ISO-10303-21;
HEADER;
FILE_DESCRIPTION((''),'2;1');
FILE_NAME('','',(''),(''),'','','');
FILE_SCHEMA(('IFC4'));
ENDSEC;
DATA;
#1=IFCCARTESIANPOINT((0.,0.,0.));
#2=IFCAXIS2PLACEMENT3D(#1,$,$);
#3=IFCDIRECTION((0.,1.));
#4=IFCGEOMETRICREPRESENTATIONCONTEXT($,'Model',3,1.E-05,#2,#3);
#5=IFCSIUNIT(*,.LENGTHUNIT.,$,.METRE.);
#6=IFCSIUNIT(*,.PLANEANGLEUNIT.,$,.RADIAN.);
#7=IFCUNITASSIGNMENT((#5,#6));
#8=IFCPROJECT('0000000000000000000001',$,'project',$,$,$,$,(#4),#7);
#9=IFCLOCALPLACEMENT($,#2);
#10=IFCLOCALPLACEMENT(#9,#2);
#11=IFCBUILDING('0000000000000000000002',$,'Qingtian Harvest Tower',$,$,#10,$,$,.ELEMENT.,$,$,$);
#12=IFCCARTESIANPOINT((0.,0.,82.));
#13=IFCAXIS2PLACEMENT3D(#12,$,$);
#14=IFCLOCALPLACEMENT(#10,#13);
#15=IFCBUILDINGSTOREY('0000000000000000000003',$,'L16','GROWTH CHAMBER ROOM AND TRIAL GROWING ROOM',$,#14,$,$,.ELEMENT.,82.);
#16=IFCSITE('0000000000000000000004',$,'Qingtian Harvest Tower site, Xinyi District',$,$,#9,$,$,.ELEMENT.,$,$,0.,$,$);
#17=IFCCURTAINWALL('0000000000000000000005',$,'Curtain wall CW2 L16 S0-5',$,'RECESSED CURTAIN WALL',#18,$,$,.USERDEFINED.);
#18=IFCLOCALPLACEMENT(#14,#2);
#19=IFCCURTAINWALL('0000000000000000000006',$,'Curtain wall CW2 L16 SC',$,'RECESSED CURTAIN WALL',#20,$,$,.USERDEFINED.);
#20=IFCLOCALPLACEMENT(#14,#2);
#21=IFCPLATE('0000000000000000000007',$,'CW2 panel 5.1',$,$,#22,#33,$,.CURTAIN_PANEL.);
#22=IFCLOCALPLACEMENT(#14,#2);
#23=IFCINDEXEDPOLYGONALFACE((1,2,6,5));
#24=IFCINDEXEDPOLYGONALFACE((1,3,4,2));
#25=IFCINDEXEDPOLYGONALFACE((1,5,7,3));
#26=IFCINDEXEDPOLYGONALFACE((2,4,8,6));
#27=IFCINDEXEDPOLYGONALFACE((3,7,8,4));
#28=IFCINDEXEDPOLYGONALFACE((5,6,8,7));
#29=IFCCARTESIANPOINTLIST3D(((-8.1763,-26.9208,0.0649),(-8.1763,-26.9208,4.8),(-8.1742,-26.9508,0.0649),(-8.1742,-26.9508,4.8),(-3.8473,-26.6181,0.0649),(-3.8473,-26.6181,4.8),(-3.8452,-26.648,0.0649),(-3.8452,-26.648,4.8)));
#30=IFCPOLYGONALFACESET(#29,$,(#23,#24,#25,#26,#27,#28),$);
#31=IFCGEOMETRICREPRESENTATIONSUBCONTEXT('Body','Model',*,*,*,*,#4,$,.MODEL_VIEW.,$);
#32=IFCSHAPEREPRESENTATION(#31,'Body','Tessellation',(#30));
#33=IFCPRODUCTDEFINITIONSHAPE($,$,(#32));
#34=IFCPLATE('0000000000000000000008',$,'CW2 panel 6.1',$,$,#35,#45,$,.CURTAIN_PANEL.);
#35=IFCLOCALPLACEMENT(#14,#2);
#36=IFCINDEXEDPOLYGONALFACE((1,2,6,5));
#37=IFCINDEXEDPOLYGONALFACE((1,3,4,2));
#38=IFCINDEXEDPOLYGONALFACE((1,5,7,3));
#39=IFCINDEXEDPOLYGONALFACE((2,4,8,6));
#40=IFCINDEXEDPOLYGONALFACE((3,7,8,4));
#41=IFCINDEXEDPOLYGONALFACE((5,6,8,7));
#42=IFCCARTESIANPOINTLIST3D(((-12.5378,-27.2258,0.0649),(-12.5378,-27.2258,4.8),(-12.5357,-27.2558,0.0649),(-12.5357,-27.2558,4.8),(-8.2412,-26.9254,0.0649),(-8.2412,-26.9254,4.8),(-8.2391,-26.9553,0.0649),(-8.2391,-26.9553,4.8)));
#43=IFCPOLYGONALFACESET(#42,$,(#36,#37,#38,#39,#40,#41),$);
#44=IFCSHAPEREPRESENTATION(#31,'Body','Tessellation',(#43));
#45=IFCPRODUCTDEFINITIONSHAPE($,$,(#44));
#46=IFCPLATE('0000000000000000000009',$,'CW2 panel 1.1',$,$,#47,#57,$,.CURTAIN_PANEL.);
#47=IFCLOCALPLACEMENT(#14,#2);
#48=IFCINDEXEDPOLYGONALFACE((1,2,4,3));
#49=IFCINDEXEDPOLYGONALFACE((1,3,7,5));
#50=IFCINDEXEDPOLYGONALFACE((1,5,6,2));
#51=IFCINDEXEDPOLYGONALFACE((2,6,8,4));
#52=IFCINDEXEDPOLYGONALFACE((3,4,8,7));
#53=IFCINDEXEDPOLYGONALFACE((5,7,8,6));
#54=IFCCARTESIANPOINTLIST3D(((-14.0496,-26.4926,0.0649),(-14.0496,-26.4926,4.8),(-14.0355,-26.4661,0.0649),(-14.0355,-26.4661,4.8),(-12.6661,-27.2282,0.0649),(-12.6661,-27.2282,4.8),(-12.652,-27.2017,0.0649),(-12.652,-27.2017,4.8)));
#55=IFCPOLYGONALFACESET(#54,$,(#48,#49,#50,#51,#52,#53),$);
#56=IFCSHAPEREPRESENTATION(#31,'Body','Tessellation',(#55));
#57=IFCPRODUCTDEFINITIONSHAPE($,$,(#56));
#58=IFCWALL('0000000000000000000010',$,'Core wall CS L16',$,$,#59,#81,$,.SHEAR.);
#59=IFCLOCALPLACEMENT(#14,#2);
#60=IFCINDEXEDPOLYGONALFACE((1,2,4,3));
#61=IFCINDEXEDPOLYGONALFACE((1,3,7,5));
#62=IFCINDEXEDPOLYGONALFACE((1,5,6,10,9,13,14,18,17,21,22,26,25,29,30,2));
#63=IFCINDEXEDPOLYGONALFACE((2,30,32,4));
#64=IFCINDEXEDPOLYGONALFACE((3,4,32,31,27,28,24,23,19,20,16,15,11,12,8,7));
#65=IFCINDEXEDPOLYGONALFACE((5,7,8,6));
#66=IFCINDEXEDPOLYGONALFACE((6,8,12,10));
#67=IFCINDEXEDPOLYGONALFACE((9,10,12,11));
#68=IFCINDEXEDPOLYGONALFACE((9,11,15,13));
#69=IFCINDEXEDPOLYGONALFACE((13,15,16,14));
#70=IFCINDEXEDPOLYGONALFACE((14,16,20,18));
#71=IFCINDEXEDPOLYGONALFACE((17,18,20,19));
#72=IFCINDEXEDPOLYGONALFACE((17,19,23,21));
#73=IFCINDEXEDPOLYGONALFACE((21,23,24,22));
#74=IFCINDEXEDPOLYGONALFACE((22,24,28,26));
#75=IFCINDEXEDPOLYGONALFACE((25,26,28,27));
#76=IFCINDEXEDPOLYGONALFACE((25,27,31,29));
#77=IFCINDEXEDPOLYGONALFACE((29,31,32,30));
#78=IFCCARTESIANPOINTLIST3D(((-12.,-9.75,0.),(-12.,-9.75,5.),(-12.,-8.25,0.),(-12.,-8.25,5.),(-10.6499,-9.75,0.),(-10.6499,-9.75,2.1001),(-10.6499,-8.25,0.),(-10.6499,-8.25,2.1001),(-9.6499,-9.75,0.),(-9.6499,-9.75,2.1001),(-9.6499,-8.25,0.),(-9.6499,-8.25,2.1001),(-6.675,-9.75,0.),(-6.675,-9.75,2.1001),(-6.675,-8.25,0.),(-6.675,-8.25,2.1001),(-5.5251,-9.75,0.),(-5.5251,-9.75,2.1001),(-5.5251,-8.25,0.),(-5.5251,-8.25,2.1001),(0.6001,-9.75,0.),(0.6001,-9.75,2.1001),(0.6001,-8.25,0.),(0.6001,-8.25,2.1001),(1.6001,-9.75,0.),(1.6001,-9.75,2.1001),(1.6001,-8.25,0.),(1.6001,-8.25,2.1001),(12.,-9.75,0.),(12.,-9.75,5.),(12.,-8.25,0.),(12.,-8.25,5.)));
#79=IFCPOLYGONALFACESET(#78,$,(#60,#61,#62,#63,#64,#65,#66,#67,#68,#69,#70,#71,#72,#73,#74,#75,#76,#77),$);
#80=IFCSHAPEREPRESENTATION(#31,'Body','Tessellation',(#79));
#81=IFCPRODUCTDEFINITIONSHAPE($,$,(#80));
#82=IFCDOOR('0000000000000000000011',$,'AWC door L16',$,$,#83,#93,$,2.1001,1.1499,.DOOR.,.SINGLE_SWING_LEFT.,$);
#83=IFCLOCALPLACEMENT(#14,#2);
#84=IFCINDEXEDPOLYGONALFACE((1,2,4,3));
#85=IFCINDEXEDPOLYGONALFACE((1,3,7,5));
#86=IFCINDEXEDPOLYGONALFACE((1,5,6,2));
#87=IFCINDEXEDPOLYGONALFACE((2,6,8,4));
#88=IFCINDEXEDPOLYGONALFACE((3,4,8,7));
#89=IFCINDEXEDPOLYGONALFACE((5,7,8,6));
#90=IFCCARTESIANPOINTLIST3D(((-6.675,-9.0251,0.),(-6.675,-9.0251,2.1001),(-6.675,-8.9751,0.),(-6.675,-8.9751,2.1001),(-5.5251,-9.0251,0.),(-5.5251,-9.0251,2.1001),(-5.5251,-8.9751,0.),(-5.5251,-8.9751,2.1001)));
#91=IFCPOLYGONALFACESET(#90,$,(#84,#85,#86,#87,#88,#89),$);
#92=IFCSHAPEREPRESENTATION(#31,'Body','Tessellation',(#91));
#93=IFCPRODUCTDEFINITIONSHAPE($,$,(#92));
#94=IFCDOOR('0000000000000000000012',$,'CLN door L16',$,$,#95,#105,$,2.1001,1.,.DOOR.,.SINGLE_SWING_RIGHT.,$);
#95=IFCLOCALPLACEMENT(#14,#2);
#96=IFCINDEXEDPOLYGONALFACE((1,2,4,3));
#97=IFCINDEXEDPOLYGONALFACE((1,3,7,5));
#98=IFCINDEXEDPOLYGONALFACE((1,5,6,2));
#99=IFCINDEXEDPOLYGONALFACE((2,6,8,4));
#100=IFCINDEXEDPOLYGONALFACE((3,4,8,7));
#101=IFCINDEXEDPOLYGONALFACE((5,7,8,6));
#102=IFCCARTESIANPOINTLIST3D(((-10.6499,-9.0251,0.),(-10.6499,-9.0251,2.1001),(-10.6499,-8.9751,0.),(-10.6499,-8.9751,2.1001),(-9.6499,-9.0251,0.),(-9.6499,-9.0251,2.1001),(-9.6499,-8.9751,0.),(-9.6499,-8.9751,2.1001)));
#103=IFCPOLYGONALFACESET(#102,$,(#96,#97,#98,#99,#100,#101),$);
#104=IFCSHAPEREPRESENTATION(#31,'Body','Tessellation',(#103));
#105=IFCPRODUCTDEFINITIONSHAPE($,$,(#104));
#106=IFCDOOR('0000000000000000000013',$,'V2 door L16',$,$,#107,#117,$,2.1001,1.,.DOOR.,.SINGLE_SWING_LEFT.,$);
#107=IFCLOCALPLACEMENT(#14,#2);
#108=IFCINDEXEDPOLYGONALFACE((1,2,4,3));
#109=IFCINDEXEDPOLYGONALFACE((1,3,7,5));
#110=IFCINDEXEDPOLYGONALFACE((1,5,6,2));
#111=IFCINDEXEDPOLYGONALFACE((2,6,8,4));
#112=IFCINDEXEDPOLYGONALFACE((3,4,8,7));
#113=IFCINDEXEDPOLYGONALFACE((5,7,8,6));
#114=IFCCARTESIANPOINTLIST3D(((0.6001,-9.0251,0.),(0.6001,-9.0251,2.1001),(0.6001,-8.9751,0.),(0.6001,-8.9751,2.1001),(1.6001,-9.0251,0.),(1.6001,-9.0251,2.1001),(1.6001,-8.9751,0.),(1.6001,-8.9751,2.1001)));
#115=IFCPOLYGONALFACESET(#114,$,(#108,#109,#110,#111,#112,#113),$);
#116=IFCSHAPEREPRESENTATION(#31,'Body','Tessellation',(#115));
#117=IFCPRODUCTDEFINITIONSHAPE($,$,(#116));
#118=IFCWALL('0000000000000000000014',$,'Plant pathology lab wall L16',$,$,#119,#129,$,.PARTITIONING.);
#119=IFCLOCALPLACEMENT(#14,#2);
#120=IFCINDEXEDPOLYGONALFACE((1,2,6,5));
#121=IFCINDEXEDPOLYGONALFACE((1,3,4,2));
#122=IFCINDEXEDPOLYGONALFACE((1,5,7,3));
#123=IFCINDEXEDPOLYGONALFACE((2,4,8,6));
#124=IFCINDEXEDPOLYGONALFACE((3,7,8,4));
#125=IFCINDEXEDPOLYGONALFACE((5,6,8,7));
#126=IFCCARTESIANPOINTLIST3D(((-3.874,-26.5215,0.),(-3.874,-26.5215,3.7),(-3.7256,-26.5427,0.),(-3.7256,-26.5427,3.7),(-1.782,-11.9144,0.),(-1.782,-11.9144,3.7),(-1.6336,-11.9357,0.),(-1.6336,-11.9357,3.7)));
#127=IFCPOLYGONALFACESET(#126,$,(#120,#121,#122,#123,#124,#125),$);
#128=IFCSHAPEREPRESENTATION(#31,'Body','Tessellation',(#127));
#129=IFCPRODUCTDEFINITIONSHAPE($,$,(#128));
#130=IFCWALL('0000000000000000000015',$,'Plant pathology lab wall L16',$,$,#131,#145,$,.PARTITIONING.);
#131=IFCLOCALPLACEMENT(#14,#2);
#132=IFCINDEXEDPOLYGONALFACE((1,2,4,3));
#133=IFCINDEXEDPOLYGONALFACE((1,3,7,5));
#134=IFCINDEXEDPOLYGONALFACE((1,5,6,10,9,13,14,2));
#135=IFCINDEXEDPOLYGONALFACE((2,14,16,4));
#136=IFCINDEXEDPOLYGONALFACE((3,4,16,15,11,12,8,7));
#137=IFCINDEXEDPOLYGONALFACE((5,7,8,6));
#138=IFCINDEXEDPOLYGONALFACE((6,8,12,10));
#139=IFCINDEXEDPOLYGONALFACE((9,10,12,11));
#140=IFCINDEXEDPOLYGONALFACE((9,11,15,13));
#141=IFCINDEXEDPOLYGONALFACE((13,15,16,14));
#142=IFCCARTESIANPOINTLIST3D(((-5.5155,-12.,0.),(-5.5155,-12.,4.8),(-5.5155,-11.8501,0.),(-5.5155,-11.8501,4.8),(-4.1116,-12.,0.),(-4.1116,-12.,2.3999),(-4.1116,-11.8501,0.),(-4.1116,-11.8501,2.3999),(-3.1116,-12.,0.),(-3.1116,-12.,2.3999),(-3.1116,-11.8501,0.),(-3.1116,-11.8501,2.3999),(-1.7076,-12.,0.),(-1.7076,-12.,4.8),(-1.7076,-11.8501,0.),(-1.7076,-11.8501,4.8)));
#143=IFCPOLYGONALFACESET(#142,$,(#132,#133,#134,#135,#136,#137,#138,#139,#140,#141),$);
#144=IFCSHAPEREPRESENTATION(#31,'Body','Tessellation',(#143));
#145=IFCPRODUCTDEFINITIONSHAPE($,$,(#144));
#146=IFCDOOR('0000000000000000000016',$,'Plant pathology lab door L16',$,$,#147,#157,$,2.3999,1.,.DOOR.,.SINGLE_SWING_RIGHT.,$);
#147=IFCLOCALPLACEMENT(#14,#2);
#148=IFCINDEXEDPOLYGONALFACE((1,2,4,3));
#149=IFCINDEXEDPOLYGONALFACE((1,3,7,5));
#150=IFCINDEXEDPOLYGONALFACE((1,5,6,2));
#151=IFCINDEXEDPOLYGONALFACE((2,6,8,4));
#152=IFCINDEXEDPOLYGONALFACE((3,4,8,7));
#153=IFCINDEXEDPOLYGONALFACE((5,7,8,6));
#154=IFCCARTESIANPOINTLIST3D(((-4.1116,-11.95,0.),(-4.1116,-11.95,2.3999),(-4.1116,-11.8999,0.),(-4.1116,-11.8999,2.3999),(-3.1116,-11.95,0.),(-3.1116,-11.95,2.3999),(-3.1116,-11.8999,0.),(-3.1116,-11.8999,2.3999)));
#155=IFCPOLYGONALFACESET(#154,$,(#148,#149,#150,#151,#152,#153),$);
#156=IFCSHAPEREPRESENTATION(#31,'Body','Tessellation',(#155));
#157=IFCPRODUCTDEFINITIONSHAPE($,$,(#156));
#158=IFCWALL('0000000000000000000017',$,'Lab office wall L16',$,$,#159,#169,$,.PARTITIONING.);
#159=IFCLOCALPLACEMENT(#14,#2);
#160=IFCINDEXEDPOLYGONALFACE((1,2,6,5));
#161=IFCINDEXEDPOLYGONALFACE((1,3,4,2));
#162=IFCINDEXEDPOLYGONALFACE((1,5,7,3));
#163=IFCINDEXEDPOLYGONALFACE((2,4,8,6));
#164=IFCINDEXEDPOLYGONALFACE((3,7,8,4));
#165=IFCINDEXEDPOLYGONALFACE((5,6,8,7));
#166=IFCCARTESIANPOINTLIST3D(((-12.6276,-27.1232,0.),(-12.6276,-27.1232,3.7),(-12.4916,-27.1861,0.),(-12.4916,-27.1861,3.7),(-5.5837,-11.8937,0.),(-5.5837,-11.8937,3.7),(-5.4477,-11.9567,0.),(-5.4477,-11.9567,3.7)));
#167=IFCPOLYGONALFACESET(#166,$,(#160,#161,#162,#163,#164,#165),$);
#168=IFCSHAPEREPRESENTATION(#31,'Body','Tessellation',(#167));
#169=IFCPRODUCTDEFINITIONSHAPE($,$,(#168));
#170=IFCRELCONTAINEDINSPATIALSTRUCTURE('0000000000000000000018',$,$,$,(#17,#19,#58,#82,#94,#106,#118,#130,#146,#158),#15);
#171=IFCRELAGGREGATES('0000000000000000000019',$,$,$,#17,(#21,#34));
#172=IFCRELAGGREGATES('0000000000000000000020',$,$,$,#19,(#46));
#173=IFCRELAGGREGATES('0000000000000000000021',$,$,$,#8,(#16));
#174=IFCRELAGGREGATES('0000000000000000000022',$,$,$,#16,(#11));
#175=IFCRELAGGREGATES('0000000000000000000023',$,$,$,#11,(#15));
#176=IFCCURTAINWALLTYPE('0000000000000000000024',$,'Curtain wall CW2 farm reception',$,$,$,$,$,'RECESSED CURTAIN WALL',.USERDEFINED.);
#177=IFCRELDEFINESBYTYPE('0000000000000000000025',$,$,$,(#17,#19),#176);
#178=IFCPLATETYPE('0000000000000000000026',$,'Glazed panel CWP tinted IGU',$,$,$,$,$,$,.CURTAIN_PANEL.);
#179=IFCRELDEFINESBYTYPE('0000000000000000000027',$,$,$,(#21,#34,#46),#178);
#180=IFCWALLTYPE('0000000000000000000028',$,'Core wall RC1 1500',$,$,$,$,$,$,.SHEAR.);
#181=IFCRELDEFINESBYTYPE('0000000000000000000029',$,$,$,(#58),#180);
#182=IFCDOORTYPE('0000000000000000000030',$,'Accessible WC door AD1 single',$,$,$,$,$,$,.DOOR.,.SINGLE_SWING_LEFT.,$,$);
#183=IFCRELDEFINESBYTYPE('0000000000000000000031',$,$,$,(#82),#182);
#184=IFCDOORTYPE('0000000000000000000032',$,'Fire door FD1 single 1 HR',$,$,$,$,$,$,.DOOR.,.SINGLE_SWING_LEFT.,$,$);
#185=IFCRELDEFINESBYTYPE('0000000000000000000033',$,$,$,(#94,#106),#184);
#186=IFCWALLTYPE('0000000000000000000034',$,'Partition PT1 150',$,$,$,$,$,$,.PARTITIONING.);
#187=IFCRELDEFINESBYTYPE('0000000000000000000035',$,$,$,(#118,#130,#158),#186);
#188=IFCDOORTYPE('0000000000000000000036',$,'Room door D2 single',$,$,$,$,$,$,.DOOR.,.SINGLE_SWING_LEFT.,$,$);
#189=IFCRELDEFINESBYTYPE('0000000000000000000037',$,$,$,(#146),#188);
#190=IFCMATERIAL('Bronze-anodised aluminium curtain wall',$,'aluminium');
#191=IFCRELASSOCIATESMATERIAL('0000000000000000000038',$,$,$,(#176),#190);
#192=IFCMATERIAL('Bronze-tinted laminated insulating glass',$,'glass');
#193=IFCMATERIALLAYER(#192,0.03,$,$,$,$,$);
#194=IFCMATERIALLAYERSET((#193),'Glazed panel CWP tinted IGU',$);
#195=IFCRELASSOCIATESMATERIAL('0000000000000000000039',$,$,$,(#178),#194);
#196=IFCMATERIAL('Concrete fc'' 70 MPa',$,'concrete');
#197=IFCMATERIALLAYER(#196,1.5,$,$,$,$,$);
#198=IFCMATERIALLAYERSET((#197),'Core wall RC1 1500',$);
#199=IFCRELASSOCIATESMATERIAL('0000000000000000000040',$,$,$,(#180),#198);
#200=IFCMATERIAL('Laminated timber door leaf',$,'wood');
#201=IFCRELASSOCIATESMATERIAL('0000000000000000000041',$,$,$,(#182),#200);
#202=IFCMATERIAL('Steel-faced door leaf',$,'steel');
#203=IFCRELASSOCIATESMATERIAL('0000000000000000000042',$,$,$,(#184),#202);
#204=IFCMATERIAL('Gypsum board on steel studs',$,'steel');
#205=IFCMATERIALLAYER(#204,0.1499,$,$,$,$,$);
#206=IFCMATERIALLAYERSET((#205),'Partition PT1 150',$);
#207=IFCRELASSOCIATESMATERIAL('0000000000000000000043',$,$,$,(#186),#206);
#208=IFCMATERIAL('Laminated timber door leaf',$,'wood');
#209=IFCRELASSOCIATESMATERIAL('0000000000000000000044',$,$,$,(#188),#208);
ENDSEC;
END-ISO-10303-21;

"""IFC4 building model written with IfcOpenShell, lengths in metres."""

from ifc_helpers import new_model, si_unit, direction, frame, frame_2d, origin, origin_2d, place, context, subcontext, project, spatial, rectangle, extrude, material, layer, layer_set, type_object, element, fill, aggregate, save


model = new_model("IFC4")

# Units and contexts
model_context = context("Model", 3, precision=1e-05, world=origin(), true_north=direction((0.0, 1.0)))
body_context = subcontext(model_context, "Body", "Model", "MODEL_VIEW")
ifc_project = project(units=[si_unit("LENGTHUNIT", "METRE"), si_unit("PLANEANGLEUNIT", "RADIAN")], contexts=[model_context])

# Site, building, storey
site_placement = place(None, origin())
site = spatial("IfcSite", under=ifc_project, at=site_placement, Name="Qingtian Harvest Tower site, Xinyi District", CompositionType="ELEMENT", RefElevation=0.0)
building_placement = place(site_placement, origin())
building = spatial("IfcBuilding", under=site, at=building_placement, Name="Qingtian Harvest Tower", CompositionType="ELEMENT")
storey_placement = place(building_placement, frame((0.0, 0.0, 82.0)))
storey = spatial("IfcBuildingStorey", under=building, at=storey_placement, Name="L16", Description="GROWTH CHAMBER ROOM AND TRIAL GROWING ROOM", CompositionType="ELEMENT", Elevation=82.0)

# Curtain walls
ifc_material_1 = material(Name="Bronze-anodised aluminium curtain wall", Category="aluminium")
curtain_wall_type = type_object("IfcCurtainWallType", Name="Curtain wall CW2 farm reception", ElementType="RECESSED CURTAIN WALL", PredefinedType="USERDEFINED", material=ifc_material_1)
curtain_wall_1_placement = place(storey_placement, origin())
curtain_wall_1 = element("IfcCurtainWall", 1, at=curtain_wall_1_placement, inside=storey, type_object=curtain_wall_type, Name="Curtain wall CW2 L16 S0-5", ObjectType="RECESSED CURTAIN WALL", PredefinedType="USERDEFINED")
curtain_wall_2_placement = place(storey_placement, origin())
curtain_wall_2 = element("IfcCurtainWall", 2, at=curtain_wall_2_placement, inside=storey, type_object=curtain_wall_type, Name="Curtain wall CW2 L16 SC", ObjectType="RECESSED CURTAIN WALL", PredefinedType="USERDEFINED")

# Plates
ifc_material_2 = material(Name="Bronze-tinted laminated insulating glass", Category="glass")
ifc_layer_1 = layer(ifc_material_2, 0.03)
ifc_layer_set_1 = layer_set([ifc_layer_1], Name="Glazed panel CWP tinted IGU")
plate_type = type_object("IfcPlateType", Name="Glazed panel CWP tinted IGU", PredefinedType="CURTAIN_PANEL", material=ifc_layer_set_1)
plate_1_placement = place(storey_placement, frame((-6.0107, -26.7844, 0.0649), z_axis=(0.0, 0.0, 1.0), x_axis=(-0.997564, -0.069756, 0.0)))
plate_1 = element("IfcPlate", 3, at=plate_1_placement, type_object=plate_type, Name="CW2 panel 5.1", PredefinedType="CURTAIN_PANEL", context=body_context, shape_type="SweptSolid", body=[
    extrude(rectangle(XDim=4.3396, YDim=0.03, at=origin_2d()), origin(), (0.0, 0.0, 1.0), 4.7351),
])
plate_2_placement = place(storey_placement, frame((-10.3884, -27.0906, 0.0649), z_axis=(0.0, 0.0, 1.0), x_axis=(-0.997564, -0.069756, 0.0)))
plate_2 = element("IfcPlate", 4, at=plate_2_placement, type_object=plate_type, Name="CW2 panel 6.1", PredefinedType="CURTAIN_PANEL", context=body_context, shape_type="SweptSolid", body=[
    extrude(rectangle(XDim=4.3071, YDim=0.03, at=origin_2d()), origin(), (0.0, 0.0, 1.0), 4.7351),
])
aggregate(curtain_wall_1, [plate_1, plate_2])
plate_3_placement = place(storey_placement, frame((-13.3508, -26.8472, 0.0649), z_axis=(0.0, 0.0, 1.0), x_axis=(-0.882948, 0.469472, 0.0)))
plate_3 = element("IfcPlate", 5, at=plate_3_placement, type_object=plate_type, Name="CW2 panel 1.1", PredefinedType="CURTAIN_PANEL", context=body_context, shape_type="SweptSolid", body=[
    extrude(rectangle(XDim=1.5669, YDim=0.03, at=origin_2d()), origin(), (0.0, 0.0, 1.0), 4.7351),
])
aggregate(curtain_wall_2, [plate_3])

# Wall, openings, doors
ifc_material_3 = material(Name="Concrete fc' 70 MPa", Category="concrete")
ifc_layer_2 = layer(ifc_material_3, 1.5)
ifc_layer_set_2 = layer_set([ifc_layer_2], Name="Core wall RC1 1500")
wall_type_1 = type_object("IfcWallType", Name="Core wall RC1 1500", PredefinedType="SHEAR", material=ifc_layer_set_2)
wall_1_placement = place(storey_placement, frame((-12.0, -9.0, 0.0), z_axis=(0.0, 0.0, 1.0), x_axis=(1.0, 0.0, 0.0)))
wall_1 = element("IfcWall", 6, at=wall_1_placement, inside=storey, type_object=wall_type_1, Name="Core wall CS L16", PredefinedType="SHEAR", context=body_context, shape_type="SweptSolid", body=[
    extrude(rectangle(XDim=24.0, YDim=1.5, at=frame_2d((12.0, 0.0))), origin(), (0.0, 0.0, 1.0), 5.0),
])
opening_1_placement = place(wall_1_placement, frame((1.3501, 0.0, 0.0)))
opening_1 = element("IfcOpeningElement", 7, at=opening_1_placement, cuts=wall_1, PredefinedType="OPENING", context=body_context, shape_type="SweptSolid", body=[
    extrude(rectangle(XDim=1.0, YDim=2.1001, at=frame_2d((0.5, 1.05))), frame((0.0, 0.76, 0.0), z_axis=(0.0, -1.0, 0.0), x_axis=(1.0, 0.0, 0.0)), (0.0, 0.0, 1.0), 1.52),
])
opening_2_placement = place(wall_1_placement, frame((5.325, 0.0, 0.0)))
opening_2 = element("IfcOpeningElement", 8, at=opening_2_placement, cuts=wall_1, PredefinedType="OPENING", context=body_context, shape_type="SweptSolid", body=[
    extrude(rectangle(XDim=1.1499, YDim=2.1001, at=frame_2d((0.575, 1.05))), frame((0.0, 0.76, 0.0), z_axis=(0.0, -1.0, 0.0), x_axis=(1.0, 0.0, 0.0)), (0.0, 0.0, 1.0), 1.52),
])
opening_3_placement = place(wall_1_placement, frame((12.6001, 0.0, 0.0)))
opening_3 = element("IfcOpeningElement", 9, at=opening_3_placement, cuts=wall_1, PredefinedType="OPENING", context=body_context, shape_type="SweptSolid", body=[
    extrude(rectangle(XDim=1.0, YDim=2.1001, at=frame_2d((0.5, 1.05))), frame((0.0, 0.76, 0.0), z_axis=(0.0, -1.0, 0.0), x_axis=(1.0, 0.0, 0.0)), (0.0, 0.0, 1.0), 1.52),
])
ifc_material_4 = material(Name="Laminated timber door leaf", Category="wood")
door_type_1 = type_object("IfcDoorType", Name="Accessible WC door AD1 single", OperationType="SINGLE_SWING_LEFT", PredefinedType="DOOR", material=ifc_material_4)
door_1_placement = place(opening_2_placement, origin())
door_1 = element("IfcDoor", 10, at=door_1_placement, inside=storey, type_object=door_type_1, Name="AWC door L16", OperationType="SINGLE_SWING_LEFT", OverallHeight=2.1001, OverallWidth=1.1499, PredefinedType="DOOR", context=body_context, shape_type="SweptSolid", body=[
    extrude(rectangle(XDim=1.1499, YDim=2.1001, at=frame_2d((0.575, 1.05))), frame((0.0, 0.0249, 0.0), z_axis=(0.0, -1.0, 0.0), x_axis=(1.0, 0.0, 0.0)), (0.0, 0.0, 1.0), 0.05),
])
fill(opening_2, door_1)
ifc_material_5 = material(Name="Steel-faced door leaf", Category="steel")
door_type_2 = type_object("IfcDoorType", Name="Fire door FD1 single 1 HR", OperationType="SINGLE_SWING_LEFT", PredefinedType="DOOR", material=ifc_material_5)
door_2_placement = place(opening_1_placement, origin())
door_2 = element("IfcDoor", 11, at=door_2_placement, inside=storey, type_object=door_type_2, Name="CLN door L16", OperationType="SINGLE_SWING_RIGHT", OverallHeight=2.1001, OverallWidth=1.0, PredefinedType="DOOR", context=body_context, shape_type="SweptSolid", body=[
    extrude(rectangle(XDim=1.0, YDim=2.1001, at=frame_2d((0.5, 1.05))), frame((0.0, 0.0249, 0.0), z_axis=(0.0, -1.0, 0.0), x_axis=(1.0, 0.0, 0.0)), (0.0, 0.0, 1.0), 0.05),
])
fill(opening_1, door_2)
door_3_placement = place(opening_3_placement, origin())
door_3 = element("IfcDoor", 12, at=door_3_placement, inside=storey, type_object=door_type_2, Name="V2 door L16", OperationType="SINGLE_SWING_LEFT", OverallHeight=2.1001, OverallWidth=1.0, PredefinedType="DOOR", context=body_context, shape_type="SweptSolid", body=[
    extrude(rectangle(XDim=1.0, YDim=2.1001, at=frame_2d((0.5, 1.05))), frame((0.0, 0.0249, 0.0), z_axis=(0.0, -1.0, 0.0), x_axis=(1.0, 0.0, 0.0)), (0.0, 0.0, 1.0), 0.05),
])
fill(opening_3, door_3)

# Wall
ifc_material_6 = material(Name="Gypsum board on steel studs", Category="steel")
ifc_layer_3 = layer(ifc_material_6, 0.1499)
ifc_layer_set_3 = layer_set([ifc_layer_3], Name="Partition PT1 150")
wall_type_2 = type_object("IfcWallType", Name="Partition PT1 150", PredefinedType="PARTITIONING", material=ifc_layer_set_3)
wall_2_placement = place(storey_placement, frame((-3.7998, -26.532, 0.0), z_axis=(0.0, 0.0, 1.0), x_axis=(0.141776, 0.989899, 0.0)))
element("IfcWall", 13, at=wall_2_placement, inside=storey, type_object=wall_type_2, Name="Plant pathology lab wall L16", PredefinedType="PARTITIONING", context=body_context, shape_type="SweptSolid", body=[
    extrude(rectangle(XDim=14.7561, YDim=0.1499, at=frame_2d((7.3779, 0.0))), origin(), (0.0, 0.0, 1.0), 3.7),
])

# Wall, opening, door
wall_3_placement = place(storey_placement, frame((-1.7078, -11.925, 0.0), z_axis=(0.0, 0.0, 1.0), x_axis=(-1.0, 0.0, 0.0)))
wall_3 = element("IfcWall", 14, at=wall_3_placement, inside=storey, type_object=wall_type_2, Name="Plant pathology lab wall L16", PredefinedType="PARTITIONING", context=body_context, shape_type="SweptSolid", body=[
    extrude(rectangle(XDim=3.8079, YDim=0.1499, at=frame_2d((1.9038, 0.0))), origin(), (0.0, 0.0, 1.0), 4.8),
])
opening_4_placement = place(wall_3_placement, frame((1.4038, 0.0, 0.0)))
opening_4 = element("IfcOpeningElement", 15, at=opening_4_placement, cuts=wall_3, PredefinedType="OPENING", context=body_context, shape_type="SweptSolid", body=[
    extrude(rectangle(XDim=1.0, YDim=2.3999, at=frame_2d((0.5, 1.2))), frame((0.0, 0.085, 0.0), z_axis=(0.0, -1.0, 0.0), x_axis=(1.0, 0.0, 0.0)), (0.0, 0.0, 1.0), 0.1699),
])
ifc_material_7 = material(Name="Laminated timber door leaf", Category="wood")
door_type_3 = type_object("IfcDoorType", Name="Room door D2 single", OperationType="SINGLE_SWING_LEFT", PredefinedType="DOOR", material=ifc_material_7)
door_4_placement = place(opening_4_placement, origin())
door_4 = element("IfcDoor", 16, at=door_4_placement, inside=storey, type_object=door_type_3, Name="Plant pathology lab door L16", OperationType="SINGLE_SWING_RIGHT", OverallHeight=2.3999, OverallWidth=1.0, PredefinedType="DOOR", context=body_context, shape_type="SweptSolid", body=[
    extrude(rectangle(XDim=1.0, YDim=2.3999, at=frame_2d((0.5, 1.2))), frame((0.0, 0.0249, 0.0), z_axis=(0.0, -1.0, 0.0), x_axis=(1.0, 0.0, 0.0)), (0.0, 0.0, 1.0), 0.05),
])
fill(opening_4, door_4)

# Wall
wall_4_placement = place(storey_placement, frame((-12.5596, -27.1545, 0.0), z_axis=(0.0, 0.0, 1.0), x_axis=(0.419792, 0.90762, 0.0)))
element("IfcWall", 17, at=wall_4_placement, inside=storey, type_object=wall_type_2, Name="Lab office wall L16", PredefinedType="PARTITIONING", context=body_context, shape_type="SweptSolid", body=[
    extrude(rectangle(XDim=16.7795, YDim=0.1499, at=frame_2d((8.3896, 0.0))), origin(), (0.0, 0.0, 1.0), 3.7),
])

save(model, "model.ifc")
